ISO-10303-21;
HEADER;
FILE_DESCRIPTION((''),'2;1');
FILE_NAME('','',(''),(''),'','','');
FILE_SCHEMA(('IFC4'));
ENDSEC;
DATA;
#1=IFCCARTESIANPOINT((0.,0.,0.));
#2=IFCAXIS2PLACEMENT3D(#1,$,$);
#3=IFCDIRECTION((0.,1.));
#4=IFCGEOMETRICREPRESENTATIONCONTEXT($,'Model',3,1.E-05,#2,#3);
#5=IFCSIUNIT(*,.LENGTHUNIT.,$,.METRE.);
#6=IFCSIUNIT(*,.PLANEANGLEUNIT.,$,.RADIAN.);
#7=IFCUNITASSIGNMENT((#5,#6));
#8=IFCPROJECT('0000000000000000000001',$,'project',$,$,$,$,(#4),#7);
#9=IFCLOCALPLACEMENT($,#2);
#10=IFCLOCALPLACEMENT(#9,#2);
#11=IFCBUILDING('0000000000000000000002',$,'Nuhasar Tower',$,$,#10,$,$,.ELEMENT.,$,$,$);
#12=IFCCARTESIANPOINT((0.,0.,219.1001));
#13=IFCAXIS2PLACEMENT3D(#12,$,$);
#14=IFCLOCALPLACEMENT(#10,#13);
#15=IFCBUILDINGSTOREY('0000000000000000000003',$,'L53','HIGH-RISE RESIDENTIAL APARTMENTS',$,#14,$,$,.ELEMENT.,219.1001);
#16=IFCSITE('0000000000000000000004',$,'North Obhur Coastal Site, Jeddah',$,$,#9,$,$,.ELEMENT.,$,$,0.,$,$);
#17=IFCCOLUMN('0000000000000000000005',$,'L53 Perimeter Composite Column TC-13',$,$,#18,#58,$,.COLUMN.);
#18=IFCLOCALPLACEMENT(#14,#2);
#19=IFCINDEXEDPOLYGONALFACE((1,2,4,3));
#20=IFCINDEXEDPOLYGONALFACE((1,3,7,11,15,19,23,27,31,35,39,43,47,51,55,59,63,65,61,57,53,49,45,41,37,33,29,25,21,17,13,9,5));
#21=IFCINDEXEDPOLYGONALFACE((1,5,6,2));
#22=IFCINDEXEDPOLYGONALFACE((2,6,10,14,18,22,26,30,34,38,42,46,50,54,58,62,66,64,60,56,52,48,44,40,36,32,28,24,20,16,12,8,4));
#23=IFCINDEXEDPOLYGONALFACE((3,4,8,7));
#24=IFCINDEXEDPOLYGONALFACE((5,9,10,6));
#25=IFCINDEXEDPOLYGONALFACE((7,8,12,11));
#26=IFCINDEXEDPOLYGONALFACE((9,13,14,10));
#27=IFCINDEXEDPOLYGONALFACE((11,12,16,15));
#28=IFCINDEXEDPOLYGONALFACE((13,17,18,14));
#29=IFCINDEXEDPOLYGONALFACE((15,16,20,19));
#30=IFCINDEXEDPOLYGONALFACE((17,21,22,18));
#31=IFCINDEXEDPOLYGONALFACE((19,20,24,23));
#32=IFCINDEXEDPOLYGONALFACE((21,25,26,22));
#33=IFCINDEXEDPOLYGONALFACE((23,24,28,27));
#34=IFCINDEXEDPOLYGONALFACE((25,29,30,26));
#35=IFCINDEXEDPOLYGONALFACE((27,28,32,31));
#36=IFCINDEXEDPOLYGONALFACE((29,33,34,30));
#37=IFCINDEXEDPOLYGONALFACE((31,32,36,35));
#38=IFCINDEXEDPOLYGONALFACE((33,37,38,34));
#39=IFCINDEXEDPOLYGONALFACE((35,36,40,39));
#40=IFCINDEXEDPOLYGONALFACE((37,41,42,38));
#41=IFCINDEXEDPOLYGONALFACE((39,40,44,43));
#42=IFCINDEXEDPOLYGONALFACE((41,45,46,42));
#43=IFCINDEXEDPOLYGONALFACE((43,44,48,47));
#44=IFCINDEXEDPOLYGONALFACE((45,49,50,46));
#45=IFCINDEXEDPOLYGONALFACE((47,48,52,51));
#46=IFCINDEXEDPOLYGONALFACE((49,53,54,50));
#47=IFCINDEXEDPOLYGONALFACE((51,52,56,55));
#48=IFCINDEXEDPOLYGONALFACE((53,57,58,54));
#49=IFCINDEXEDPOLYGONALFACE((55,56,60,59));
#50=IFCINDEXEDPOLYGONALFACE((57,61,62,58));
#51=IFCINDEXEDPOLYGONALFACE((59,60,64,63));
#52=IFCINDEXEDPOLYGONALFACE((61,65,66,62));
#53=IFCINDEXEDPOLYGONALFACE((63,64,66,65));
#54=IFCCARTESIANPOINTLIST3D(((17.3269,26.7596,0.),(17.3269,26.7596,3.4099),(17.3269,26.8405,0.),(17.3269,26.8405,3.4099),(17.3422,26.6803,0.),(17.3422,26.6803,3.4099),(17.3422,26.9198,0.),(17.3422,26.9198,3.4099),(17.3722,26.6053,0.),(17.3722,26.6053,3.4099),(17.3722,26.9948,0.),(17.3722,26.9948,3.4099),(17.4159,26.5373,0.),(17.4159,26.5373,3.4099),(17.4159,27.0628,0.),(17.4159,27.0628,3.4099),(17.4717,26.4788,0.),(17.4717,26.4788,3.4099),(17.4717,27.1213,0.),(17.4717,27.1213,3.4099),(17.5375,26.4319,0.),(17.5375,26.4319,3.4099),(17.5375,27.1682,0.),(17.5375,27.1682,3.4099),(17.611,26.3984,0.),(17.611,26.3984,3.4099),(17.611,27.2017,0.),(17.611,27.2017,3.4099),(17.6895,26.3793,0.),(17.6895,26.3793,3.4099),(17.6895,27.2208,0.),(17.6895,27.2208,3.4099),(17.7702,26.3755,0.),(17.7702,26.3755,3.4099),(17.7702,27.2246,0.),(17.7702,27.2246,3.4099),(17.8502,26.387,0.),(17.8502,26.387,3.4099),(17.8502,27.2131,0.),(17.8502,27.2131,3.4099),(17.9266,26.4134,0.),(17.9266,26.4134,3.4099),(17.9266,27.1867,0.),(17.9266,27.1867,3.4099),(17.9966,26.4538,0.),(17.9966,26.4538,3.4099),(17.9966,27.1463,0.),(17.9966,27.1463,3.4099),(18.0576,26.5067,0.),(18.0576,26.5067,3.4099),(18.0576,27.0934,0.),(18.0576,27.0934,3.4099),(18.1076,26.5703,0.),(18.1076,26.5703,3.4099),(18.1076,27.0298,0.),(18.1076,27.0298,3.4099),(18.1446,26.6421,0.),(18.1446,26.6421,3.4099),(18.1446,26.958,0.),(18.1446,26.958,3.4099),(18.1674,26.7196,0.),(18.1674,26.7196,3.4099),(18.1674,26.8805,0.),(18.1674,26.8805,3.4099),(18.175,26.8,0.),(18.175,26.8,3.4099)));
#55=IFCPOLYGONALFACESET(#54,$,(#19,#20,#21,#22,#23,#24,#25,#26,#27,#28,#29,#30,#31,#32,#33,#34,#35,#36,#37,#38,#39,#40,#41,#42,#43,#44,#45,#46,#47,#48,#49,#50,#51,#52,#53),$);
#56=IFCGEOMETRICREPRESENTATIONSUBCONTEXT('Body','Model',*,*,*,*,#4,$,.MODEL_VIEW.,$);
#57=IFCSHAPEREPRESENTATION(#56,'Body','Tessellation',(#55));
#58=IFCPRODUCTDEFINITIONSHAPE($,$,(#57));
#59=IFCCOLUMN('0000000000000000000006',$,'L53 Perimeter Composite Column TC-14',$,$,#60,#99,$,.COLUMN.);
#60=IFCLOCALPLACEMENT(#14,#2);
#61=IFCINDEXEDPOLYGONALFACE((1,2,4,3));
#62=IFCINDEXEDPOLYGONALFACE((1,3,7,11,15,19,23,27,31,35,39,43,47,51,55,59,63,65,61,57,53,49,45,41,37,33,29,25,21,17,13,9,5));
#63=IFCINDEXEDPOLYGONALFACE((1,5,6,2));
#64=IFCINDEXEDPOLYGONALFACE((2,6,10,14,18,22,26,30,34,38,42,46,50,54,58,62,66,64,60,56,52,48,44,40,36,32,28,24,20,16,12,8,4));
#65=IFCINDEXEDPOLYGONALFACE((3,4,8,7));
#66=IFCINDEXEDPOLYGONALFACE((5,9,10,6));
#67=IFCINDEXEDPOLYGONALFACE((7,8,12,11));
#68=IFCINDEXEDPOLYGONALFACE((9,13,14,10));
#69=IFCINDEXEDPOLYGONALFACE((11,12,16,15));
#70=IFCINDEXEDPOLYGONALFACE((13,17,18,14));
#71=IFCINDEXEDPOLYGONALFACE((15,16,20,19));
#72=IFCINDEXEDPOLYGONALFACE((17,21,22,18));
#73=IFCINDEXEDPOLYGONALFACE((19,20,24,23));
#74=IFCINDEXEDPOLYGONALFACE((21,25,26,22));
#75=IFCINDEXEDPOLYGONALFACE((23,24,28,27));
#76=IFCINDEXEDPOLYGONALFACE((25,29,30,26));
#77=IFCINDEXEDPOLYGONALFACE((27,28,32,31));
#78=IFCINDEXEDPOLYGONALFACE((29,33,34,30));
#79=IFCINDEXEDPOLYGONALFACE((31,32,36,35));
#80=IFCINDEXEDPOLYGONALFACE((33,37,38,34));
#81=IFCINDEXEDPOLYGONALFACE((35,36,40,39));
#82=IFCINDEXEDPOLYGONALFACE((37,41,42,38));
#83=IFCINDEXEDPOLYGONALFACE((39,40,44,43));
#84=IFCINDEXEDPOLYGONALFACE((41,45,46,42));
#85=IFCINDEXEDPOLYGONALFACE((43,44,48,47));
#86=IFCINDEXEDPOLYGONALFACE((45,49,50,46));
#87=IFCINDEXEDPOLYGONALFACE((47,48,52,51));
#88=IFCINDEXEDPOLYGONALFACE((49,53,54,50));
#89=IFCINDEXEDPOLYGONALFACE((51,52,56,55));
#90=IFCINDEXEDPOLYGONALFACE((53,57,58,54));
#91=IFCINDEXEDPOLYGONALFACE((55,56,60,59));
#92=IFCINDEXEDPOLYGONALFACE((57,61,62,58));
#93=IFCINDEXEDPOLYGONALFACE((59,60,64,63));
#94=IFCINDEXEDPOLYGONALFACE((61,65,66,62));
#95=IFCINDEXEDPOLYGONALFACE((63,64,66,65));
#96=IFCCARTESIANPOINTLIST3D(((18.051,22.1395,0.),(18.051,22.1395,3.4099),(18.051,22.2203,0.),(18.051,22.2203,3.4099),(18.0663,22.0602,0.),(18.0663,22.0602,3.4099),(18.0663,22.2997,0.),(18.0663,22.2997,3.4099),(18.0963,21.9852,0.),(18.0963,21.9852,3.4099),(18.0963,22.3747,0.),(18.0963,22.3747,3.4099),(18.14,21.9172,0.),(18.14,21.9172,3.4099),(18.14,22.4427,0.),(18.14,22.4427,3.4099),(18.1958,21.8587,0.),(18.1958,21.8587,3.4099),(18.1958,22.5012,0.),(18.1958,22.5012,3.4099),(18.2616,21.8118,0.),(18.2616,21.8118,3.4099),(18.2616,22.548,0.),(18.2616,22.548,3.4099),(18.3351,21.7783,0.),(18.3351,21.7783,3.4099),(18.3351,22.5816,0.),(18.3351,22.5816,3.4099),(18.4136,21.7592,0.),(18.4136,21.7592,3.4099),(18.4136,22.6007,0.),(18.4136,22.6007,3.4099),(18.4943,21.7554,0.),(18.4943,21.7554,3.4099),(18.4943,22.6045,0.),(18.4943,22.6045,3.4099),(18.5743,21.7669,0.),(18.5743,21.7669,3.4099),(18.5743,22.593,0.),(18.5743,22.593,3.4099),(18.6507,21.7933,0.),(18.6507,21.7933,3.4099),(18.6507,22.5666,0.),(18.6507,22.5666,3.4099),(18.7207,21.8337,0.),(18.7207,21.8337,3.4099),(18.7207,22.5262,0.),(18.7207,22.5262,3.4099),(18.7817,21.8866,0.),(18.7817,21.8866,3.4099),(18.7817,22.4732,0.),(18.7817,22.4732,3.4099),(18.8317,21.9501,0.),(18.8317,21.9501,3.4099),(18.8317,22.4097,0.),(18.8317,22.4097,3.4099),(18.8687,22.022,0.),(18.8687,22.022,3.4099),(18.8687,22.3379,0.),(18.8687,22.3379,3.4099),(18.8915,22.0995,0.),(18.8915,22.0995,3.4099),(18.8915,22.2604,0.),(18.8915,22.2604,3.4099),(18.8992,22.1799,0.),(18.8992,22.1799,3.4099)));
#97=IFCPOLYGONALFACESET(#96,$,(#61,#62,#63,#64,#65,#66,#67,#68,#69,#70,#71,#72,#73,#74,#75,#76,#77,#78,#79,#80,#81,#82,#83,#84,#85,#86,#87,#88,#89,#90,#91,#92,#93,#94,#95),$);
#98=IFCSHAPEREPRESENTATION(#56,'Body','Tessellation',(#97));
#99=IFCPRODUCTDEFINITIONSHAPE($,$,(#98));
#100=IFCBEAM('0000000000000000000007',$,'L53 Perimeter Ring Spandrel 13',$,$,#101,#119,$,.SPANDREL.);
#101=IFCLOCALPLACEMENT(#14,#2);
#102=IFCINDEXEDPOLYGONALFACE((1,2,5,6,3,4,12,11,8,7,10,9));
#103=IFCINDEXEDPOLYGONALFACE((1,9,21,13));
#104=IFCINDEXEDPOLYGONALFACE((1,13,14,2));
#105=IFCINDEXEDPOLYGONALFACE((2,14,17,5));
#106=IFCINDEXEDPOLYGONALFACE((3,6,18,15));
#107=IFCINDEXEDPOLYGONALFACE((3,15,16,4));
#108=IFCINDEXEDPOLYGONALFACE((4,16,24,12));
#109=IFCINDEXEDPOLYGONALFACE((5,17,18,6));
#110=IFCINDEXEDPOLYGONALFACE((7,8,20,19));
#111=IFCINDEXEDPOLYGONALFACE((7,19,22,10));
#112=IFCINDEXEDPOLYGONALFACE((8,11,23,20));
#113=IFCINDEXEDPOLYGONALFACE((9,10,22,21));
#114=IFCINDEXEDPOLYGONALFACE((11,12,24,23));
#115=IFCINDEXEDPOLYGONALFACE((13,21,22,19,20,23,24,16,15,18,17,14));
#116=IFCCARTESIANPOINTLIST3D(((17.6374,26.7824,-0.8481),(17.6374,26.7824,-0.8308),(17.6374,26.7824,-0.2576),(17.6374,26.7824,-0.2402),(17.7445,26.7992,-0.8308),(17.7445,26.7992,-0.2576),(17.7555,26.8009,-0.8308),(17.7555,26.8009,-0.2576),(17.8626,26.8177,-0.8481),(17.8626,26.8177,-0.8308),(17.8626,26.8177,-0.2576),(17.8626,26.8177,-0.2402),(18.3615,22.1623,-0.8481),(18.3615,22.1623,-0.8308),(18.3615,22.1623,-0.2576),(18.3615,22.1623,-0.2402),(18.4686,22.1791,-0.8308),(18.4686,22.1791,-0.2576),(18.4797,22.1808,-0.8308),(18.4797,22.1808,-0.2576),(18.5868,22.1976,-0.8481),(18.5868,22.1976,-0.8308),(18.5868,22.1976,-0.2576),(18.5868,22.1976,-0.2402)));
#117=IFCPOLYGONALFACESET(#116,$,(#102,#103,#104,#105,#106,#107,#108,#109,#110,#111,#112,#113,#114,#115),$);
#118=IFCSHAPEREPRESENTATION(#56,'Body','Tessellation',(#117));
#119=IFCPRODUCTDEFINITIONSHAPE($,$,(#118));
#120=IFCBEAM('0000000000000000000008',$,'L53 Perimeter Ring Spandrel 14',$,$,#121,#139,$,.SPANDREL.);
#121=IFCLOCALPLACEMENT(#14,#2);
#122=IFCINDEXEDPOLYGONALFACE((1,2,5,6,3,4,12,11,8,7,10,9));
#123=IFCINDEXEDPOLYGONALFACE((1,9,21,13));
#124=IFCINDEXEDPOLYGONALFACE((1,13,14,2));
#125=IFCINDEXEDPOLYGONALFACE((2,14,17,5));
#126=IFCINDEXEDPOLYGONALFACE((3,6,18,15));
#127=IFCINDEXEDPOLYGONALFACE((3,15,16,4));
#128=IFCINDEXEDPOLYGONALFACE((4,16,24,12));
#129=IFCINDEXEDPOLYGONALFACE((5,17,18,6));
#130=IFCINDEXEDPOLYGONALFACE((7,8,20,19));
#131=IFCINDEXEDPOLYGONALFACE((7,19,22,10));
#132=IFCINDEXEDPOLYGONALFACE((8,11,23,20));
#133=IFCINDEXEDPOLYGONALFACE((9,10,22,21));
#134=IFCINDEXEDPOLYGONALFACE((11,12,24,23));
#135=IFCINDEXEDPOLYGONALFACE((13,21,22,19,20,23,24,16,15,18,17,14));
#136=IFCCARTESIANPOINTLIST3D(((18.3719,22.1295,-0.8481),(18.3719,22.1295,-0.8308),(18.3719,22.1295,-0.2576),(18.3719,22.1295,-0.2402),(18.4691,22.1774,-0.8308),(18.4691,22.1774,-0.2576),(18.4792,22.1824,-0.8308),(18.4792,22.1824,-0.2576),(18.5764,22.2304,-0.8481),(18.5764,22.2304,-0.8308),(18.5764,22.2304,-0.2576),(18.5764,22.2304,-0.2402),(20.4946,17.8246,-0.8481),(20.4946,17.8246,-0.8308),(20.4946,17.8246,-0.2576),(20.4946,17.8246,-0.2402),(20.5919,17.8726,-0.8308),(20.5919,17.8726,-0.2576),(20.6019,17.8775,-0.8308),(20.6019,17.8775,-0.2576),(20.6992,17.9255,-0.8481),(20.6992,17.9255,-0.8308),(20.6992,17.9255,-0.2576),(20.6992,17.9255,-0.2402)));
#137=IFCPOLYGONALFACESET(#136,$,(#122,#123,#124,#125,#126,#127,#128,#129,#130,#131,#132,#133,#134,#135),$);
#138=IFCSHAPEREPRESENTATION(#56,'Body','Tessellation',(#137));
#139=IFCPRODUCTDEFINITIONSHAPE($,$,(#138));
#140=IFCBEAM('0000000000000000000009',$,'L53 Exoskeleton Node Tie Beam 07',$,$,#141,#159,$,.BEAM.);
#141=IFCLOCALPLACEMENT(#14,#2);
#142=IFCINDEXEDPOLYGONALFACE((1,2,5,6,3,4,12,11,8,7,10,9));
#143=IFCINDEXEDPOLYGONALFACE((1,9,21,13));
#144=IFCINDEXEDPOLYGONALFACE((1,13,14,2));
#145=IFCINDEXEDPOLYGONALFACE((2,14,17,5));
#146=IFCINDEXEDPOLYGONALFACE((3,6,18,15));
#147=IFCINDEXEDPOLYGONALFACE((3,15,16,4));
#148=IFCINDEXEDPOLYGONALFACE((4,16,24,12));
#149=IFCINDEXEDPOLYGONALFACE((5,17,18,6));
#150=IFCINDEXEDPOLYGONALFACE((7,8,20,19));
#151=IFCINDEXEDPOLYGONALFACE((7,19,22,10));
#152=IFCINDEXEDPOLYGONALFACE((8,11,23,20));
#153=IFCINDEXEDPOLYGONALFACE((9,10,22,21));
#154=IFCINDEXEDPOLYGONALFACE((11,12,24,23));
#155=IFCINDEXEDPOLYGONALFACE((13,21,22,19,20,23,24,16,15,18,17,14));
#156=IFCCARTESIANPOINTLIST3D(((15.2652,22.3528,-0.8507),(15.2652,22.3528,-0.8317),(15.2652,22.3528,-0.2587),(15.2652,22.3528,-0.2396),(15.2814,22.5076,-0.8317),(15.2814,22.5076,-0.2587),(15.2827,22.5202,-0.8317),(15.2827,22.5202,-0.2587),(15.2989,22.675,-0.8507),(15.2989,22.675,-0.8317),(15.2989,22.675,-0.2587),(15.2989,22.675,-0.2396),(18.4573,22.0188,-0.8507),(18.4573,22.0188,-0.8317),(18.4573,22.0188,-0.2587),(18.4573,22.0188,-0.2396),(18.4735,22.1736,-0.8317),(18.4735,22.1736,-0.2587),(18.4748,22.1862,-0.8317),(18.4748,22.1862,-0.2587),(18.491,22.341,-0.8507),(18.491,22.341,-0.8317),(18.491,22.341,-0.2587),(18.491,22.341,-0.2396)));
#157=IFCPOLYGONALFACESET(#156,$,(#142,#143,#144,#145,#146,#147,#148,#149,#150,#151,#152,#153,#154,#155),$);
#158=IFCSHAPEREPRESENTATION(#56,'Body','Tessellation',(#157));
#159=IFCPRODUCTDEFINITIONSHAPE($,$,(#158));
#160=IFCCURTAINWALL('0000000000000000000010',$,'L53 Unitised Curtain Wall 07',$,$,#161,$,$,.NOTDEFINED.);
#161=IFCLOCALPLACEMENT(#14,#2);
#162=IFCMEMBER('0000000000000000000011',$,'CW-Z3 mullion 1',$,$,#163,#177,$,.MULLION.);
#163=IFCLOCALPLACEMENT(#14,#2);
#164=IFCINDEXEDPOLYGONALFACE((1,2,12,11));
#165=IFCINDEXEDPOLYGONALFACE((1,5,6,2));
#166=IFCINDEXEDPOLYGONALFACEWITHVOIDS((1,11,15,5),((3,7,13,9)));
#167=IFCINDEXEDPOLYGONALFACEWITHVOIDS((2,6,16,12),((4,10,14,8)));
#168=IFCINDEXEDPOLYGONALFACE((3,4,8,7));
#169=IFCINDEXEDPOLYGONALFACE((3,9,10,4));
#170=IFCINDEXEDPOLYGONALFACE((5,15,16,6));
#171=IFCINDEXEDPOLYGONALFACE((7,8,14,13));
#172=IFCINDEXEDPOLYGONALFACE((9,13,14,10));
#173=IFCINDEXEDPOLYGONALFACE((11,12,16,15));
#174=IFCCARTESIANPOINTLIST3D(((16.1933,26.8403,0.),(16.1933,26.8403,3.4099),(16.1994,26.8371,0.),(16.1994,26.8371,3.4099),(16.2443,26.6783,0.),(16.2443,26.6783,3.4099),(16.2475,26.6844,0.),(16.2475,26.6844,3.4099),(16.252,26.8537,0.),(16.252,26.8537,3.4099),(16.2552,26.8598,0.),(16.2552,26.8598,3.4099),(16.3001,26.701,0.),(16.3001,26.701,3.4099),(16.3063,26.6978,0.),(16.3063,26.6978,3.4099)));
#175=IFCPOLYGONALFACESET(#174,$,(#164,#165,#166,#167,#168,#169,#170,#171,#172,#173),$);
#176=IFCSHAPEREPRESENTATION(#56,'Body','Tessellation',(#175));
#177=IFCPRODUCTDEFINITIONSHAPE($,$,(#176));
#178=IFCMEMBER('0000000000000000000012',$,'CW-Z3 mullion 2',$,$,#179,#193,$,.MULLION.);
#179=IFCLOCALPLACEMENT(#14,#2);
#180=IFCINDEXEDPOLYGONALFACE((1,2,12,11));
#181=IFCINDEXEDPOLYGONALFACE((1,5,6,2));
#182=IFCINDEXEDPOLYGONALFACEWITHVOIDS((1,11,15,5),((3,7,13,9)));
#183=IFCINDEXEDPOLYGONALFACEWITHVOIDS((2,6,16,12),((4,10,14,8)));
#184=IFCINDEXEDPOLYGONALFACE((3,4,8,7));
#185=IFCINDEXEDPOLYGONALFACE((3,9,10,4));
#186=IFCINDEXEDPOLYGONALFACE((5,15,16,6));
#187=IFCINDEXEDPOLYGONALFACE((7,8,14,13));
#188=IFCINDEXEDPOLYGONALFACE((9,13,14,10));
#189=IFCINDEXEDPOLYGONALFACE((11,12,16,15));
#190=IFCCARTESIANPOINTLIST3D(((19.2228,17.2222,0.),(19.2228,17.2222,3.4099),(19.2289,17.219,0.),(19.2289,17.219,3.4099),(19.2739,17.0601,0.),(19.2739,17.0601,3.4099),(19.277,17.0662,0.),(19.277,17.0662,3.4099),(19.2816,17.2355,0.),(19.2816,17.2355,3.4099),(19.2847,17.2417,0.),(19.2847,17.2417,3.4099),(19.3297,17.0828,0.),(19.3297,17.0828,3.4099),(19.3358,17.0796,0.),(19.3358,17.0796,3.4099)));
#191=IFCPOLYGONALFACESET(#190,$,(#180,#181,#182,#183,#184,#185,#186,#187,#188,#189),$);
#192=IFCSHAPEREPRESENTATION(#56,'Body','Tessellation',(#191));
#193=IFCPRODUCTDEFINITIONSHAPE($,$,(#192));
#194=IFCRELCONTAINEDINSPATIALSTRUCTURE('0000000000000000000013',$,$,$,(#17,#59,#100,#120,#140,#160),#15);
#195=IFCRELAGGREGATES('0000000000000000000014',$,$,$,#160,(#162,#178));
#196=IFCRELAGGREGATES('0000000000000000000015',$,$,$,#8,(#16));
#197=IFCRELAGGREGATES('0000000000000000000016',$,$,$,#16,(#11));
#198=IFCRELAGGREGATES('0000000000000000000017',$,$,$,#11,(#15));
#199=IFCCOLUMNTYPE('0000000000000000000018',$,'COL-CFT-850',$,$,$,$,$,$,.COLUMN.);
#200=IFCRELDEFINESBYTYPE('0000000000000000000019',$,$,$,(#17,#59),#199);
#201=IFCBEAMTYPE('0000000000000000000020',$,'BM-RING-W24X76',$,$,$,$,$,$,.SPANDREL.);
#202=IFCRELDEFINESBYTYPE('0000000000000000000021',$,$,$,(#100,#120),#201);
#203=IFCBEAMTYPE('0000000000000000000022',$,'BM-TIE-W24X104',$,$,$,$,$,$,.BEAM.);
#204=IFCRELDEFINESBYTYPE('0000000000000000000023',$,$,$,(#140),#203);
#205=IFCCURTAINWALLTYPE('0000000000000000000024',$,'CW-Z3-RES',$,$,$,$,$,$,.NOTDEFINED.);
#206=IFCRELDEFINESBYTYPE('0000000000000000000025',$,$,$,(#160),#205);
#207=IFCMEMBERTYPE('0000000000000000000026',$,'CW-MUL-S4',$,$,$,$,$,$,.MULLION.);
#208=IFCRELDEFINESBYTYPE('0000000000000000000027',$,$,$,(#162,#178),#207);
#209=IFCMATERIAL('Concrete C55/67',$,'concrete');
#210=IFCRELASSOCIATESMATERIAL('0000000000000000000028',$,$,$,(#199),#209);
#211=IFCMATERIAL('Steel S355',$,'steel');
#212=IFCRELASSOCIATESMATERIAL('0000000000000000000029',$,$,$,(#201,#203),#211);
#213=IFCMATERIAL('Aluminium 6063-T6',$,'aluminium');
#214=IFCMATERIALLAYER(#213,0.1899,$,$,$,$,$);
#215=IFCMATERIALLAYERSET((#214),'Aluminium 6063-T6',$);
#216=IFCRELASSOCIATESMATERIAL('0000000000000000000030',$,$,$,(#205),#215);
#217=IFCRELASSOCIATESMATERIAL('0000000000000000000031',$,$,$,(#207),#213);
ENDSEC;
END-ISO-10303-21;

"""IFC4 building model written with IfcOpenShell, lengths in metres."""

from ifc_helpers import new_model, si_unit, direction, frame, origin, origin_2d, place, context, subcontext, project, spatial, hollow_rectangle, circle, i_section, extrude, material, layer, layer_set, material_profile, profile_set, type_object, element, aggregate, save


model = new_model("IFC4")

# Units and contexts
model_context = context("Model", 3, precision=1e-05, world=origin(), true_north=direction((0.0, 1.0)))
body_context = subcontext(model_context, "Body", "Model", "MODEL_VIEW")
ifc_project = project(units=[si_unit("LENGTHUNIT", "METRE"), si_unit("PLANEANGLEUNIT", "RADIAN")], contexts=[model_context])

# Site, building, storey
site_placement = place(None, origin())
site = spatial("IfcSite", under=ifc_project, at=site_placement, Name="North Obhur Coastal Site, Jeddah", CompositionType="ELEMENT", RefElevation=0.0)
building_placement = place(site_placement, origin())
building = spatial("IfcBuilding", under=site, at=building_placement, Name="Nuhasar Tower", CompositionType="ELEMENT")
storey_placement = place(building_placement, frame((0.0, 0.0, 219.1001)))
storey = spatial("IfcBuildingStorey", under=building, at=storey_placement, Name="L53", Description="HIGH-RISE RESIDENTIAL APARTMENTS", CompositionType="ELEMENT", Elevation=219.1001)

# Columns
ifc_material_1 = material(Name="Concrete C55/67", Category="concrete")
ifc_material_profile_1 = material_profile(ifc_material_1, circle(Radius=0.425, at=origin_2d()), Name="CFT850")
ifc_profile_set_1 = profile_set([ifc_material_profile_1], Name="Concrete C55/67")
column_type = type_object("IfcColumnType", Name="COL-CFT-850", PredefinedType="COLUMN", material=ifc_profile_set_1)
for number, where, z_axis, x_axis, name in (
    (1, (17.75, 26.8, 0.0), (0.0, 0.0, 1.0), (1.0, 0.0, 0.0), "L53 Perimeter Composite Column TC-13"),
    (2, (18.4741, 22.1799, 0.0), (0.0, 0.0, 1.0), (1.0, 0.0, 0.0), "L53 Perimeter Composite Column TC-14"),
):
    element("IfcColumn", number, at=place(storey_placement, frame(where, z_axis=z_axis, x_axis=x_axis)), inside=storey, type_object=column_type, Name=name, PredefinedType="COLUMN", context=body_context, shape_type="SweptSolid", body=[
        extrude(circle(Radius=0.425, at=origin_2d()), origin(), (0.0, 0.0, 1.0), 3.4099),
    ])

# Beams
ifc_material_2 = material(Name="Steel S355", Category="steel")
ifc_material_profile_2 = material_profile(ifc_material_2, i_section(OverallWidth=0.228, OverallDepth=0.6079, WebThickness=0.0112, FlangeThickness=0.0173, at=origin_2d()), Name="W24X76")
ifc_profile_set_2 = profile_set([ifc_material_profile_2], Name="Steel S355")
beam_type_1 = type_object("IfcBeamType", Name="BM-RING-W24X76", PredefinedType="SPANDREL", material=ifc_profile_set_2)
beam_1_placement = place(storey_placement, frame((17.75, 26.8, -0.5442), z_axis=(0.154842, -0.987939, 0.0), x_axis=(0.987939, 0.154842, 0.0)))
element("IfcBeam", 3, at=beam_1_placement, inside=storey, type_object=beam_type_1, Name="L53 Perimeter Ring Spandrel 13", PredefinedType="SPANDREL", context=body_context, shape_type="SweptSolid", body=[
    extrude(i_section(OverallWidth=0.228, OverallDepth=0.6079, WebThickness=0.0112, FlangeThickness=0.0173, at=origin_2d()), origin(), (0.0, 0.0, 1.0), 4.6765),
])
beam_2_placement = place(storey_placement, frame((18.4741, 22.1799, -0.5442), z_axis=(0.442263, -0.896886, 0.0), x_axis=(0.896886, 0.442263, 0.0)))
element("IfcBeam", 4, at=beam_2_placement, inside=storey, type_object=beam_type_1, Name="L53 Perimeter Ring Spandrel 14", PredefinedType="SPANDREL", context=body_context, shape_type="SweptSolid", body=[
    extrude(i_section(OverallWidth=0.228, OverallDepth=0.6079, WebThickness=0.0112, FlangeThickness=0.0173, at=origin_2d()), origin(), (0.0, 0.0, 1.0), 4.7998),
])
ifc_material_profile_3 = material_profile(ifc_material_2, i_section(OverallWidth=0.324, OverallDepth=0.6111, WebThickness=0.0127, FlangeThickness=0.019, at=origin_2d()), Name="W24X104")
ifc_profile_set_3 = profile_set([ifc_material_profile_3], Name="Steel S355")
beam_type_2 = type_object("IfcBeamType", Name="BM-TIE-W24X104", PredefinedType="BEAM", material=ifc_profile_set_3)
beam_3_placement = place(storey_placement, frame((18.4741, 22.1799, -0.5452), z_axis=(-0.994571, 0.104059, 0.0), x_axis=(-0.104059, -0.994571, 0.0)))
element("IfcBeam", 5, at=beam_3_placement, inside=storey, type_object=beam_type_2, Name="L53 Exoskeleton Node Tie Beam 07", PredefinedType="BEAM", context=body_context, shape_type="SweptSolid", body=[
    extrude(i_section(OverallWidth=0.324, OverallDepth=0.6111, WebThickness=0.0127, FlangeThickness=0.019, at=origin_2d()), origin(), (0.0, 0.0, 1.0), 3.2095),
])

# Curtain wall, members
ifc_material_3 = material(Name="Aluminium 6063-T6", Category="aluminium")
ifc_layer_1 = layer(ifc_material_3, 0.1899)
ifc_layer_set_1 = layer_set([ifc_layer_1], Name="Aluminium 6063-T6")
curtain_wall_type = type_object("IfcCurtainWallType", Name="CW-Z3-RES", PredefinedType="NOTDEFINED", material=ifc_layer_set_1)
curtain_wall_1_placement = place(storey_placement, origin())
curtain_wall_1 = element("IfcCurtainWall", 6, at=curtain_wall_1_placement, inside=storey, type_object=curtain_wall_type, Name="L53 Unitised Curtain Wall 07", PredefinedType="NOTDEFINED")
ifc_material_profile_4 = material_profile(ifc_material_3, hollow_rectangle(XDim=0.0649, YDim=0.1699, WallThickness=0.0049, at=origin_2d()), Name="CWM-4")
ifc_profile_set_4 = profile_set([ifc_material_profile_4], Name="Aluminium 6063-T6")
member_type_1 = type_object("IfcMemberType", Name="CW-MUL-S4", PredefinedType="MULLION", material=ifc_profile_set_4)
member_1_placement = place(storey_placement, frame((16.2498, 26.769, 0.0), z_axis=(0.0, 0.0, 1.0), x_axis=(0.953804, 0.300429, 0.0)))
member_1 = element("IfcMember", 7, at=member_1_placement, type_object=member_type_1, Name="CW-Z3 mullion 1", PredefinedType="MULLION", context=body_context, shape_type="SweptSolid", body=[
    extrude(hollow_rectangle(XDim=0.0649, YDim=0.1699, WallThickness=0.0049, at=origin_2d()), origin(), (0.0, 0.0, 1.0), 3.4099),
])
member_2_placement = place(storey_placement, frame((19.2793, 17.1509, 0.0), z_axis=(0.0, 0.0, 1.0), x_axis=(0.953804, 0.300429, 0.0)))
member_2 = element("IfcMember", 8, at=member_2_placement, type_object=member_type_1, Name="CW-Z3 mullion 2", PredefinedType="MULLION", context=body_context, shape_type="SweptSolid", body=[
    extrude(hollow_rectangle(XDim=0.0649, YDim=0.1699, WallThickness=0.0049, at=origin_2d()), origin(), (0.0, 0.0, 1.0), 3.4099),
])

aggregate(curtain_wall_1, [member_1, member_2])

save(model, "model.ifc")
